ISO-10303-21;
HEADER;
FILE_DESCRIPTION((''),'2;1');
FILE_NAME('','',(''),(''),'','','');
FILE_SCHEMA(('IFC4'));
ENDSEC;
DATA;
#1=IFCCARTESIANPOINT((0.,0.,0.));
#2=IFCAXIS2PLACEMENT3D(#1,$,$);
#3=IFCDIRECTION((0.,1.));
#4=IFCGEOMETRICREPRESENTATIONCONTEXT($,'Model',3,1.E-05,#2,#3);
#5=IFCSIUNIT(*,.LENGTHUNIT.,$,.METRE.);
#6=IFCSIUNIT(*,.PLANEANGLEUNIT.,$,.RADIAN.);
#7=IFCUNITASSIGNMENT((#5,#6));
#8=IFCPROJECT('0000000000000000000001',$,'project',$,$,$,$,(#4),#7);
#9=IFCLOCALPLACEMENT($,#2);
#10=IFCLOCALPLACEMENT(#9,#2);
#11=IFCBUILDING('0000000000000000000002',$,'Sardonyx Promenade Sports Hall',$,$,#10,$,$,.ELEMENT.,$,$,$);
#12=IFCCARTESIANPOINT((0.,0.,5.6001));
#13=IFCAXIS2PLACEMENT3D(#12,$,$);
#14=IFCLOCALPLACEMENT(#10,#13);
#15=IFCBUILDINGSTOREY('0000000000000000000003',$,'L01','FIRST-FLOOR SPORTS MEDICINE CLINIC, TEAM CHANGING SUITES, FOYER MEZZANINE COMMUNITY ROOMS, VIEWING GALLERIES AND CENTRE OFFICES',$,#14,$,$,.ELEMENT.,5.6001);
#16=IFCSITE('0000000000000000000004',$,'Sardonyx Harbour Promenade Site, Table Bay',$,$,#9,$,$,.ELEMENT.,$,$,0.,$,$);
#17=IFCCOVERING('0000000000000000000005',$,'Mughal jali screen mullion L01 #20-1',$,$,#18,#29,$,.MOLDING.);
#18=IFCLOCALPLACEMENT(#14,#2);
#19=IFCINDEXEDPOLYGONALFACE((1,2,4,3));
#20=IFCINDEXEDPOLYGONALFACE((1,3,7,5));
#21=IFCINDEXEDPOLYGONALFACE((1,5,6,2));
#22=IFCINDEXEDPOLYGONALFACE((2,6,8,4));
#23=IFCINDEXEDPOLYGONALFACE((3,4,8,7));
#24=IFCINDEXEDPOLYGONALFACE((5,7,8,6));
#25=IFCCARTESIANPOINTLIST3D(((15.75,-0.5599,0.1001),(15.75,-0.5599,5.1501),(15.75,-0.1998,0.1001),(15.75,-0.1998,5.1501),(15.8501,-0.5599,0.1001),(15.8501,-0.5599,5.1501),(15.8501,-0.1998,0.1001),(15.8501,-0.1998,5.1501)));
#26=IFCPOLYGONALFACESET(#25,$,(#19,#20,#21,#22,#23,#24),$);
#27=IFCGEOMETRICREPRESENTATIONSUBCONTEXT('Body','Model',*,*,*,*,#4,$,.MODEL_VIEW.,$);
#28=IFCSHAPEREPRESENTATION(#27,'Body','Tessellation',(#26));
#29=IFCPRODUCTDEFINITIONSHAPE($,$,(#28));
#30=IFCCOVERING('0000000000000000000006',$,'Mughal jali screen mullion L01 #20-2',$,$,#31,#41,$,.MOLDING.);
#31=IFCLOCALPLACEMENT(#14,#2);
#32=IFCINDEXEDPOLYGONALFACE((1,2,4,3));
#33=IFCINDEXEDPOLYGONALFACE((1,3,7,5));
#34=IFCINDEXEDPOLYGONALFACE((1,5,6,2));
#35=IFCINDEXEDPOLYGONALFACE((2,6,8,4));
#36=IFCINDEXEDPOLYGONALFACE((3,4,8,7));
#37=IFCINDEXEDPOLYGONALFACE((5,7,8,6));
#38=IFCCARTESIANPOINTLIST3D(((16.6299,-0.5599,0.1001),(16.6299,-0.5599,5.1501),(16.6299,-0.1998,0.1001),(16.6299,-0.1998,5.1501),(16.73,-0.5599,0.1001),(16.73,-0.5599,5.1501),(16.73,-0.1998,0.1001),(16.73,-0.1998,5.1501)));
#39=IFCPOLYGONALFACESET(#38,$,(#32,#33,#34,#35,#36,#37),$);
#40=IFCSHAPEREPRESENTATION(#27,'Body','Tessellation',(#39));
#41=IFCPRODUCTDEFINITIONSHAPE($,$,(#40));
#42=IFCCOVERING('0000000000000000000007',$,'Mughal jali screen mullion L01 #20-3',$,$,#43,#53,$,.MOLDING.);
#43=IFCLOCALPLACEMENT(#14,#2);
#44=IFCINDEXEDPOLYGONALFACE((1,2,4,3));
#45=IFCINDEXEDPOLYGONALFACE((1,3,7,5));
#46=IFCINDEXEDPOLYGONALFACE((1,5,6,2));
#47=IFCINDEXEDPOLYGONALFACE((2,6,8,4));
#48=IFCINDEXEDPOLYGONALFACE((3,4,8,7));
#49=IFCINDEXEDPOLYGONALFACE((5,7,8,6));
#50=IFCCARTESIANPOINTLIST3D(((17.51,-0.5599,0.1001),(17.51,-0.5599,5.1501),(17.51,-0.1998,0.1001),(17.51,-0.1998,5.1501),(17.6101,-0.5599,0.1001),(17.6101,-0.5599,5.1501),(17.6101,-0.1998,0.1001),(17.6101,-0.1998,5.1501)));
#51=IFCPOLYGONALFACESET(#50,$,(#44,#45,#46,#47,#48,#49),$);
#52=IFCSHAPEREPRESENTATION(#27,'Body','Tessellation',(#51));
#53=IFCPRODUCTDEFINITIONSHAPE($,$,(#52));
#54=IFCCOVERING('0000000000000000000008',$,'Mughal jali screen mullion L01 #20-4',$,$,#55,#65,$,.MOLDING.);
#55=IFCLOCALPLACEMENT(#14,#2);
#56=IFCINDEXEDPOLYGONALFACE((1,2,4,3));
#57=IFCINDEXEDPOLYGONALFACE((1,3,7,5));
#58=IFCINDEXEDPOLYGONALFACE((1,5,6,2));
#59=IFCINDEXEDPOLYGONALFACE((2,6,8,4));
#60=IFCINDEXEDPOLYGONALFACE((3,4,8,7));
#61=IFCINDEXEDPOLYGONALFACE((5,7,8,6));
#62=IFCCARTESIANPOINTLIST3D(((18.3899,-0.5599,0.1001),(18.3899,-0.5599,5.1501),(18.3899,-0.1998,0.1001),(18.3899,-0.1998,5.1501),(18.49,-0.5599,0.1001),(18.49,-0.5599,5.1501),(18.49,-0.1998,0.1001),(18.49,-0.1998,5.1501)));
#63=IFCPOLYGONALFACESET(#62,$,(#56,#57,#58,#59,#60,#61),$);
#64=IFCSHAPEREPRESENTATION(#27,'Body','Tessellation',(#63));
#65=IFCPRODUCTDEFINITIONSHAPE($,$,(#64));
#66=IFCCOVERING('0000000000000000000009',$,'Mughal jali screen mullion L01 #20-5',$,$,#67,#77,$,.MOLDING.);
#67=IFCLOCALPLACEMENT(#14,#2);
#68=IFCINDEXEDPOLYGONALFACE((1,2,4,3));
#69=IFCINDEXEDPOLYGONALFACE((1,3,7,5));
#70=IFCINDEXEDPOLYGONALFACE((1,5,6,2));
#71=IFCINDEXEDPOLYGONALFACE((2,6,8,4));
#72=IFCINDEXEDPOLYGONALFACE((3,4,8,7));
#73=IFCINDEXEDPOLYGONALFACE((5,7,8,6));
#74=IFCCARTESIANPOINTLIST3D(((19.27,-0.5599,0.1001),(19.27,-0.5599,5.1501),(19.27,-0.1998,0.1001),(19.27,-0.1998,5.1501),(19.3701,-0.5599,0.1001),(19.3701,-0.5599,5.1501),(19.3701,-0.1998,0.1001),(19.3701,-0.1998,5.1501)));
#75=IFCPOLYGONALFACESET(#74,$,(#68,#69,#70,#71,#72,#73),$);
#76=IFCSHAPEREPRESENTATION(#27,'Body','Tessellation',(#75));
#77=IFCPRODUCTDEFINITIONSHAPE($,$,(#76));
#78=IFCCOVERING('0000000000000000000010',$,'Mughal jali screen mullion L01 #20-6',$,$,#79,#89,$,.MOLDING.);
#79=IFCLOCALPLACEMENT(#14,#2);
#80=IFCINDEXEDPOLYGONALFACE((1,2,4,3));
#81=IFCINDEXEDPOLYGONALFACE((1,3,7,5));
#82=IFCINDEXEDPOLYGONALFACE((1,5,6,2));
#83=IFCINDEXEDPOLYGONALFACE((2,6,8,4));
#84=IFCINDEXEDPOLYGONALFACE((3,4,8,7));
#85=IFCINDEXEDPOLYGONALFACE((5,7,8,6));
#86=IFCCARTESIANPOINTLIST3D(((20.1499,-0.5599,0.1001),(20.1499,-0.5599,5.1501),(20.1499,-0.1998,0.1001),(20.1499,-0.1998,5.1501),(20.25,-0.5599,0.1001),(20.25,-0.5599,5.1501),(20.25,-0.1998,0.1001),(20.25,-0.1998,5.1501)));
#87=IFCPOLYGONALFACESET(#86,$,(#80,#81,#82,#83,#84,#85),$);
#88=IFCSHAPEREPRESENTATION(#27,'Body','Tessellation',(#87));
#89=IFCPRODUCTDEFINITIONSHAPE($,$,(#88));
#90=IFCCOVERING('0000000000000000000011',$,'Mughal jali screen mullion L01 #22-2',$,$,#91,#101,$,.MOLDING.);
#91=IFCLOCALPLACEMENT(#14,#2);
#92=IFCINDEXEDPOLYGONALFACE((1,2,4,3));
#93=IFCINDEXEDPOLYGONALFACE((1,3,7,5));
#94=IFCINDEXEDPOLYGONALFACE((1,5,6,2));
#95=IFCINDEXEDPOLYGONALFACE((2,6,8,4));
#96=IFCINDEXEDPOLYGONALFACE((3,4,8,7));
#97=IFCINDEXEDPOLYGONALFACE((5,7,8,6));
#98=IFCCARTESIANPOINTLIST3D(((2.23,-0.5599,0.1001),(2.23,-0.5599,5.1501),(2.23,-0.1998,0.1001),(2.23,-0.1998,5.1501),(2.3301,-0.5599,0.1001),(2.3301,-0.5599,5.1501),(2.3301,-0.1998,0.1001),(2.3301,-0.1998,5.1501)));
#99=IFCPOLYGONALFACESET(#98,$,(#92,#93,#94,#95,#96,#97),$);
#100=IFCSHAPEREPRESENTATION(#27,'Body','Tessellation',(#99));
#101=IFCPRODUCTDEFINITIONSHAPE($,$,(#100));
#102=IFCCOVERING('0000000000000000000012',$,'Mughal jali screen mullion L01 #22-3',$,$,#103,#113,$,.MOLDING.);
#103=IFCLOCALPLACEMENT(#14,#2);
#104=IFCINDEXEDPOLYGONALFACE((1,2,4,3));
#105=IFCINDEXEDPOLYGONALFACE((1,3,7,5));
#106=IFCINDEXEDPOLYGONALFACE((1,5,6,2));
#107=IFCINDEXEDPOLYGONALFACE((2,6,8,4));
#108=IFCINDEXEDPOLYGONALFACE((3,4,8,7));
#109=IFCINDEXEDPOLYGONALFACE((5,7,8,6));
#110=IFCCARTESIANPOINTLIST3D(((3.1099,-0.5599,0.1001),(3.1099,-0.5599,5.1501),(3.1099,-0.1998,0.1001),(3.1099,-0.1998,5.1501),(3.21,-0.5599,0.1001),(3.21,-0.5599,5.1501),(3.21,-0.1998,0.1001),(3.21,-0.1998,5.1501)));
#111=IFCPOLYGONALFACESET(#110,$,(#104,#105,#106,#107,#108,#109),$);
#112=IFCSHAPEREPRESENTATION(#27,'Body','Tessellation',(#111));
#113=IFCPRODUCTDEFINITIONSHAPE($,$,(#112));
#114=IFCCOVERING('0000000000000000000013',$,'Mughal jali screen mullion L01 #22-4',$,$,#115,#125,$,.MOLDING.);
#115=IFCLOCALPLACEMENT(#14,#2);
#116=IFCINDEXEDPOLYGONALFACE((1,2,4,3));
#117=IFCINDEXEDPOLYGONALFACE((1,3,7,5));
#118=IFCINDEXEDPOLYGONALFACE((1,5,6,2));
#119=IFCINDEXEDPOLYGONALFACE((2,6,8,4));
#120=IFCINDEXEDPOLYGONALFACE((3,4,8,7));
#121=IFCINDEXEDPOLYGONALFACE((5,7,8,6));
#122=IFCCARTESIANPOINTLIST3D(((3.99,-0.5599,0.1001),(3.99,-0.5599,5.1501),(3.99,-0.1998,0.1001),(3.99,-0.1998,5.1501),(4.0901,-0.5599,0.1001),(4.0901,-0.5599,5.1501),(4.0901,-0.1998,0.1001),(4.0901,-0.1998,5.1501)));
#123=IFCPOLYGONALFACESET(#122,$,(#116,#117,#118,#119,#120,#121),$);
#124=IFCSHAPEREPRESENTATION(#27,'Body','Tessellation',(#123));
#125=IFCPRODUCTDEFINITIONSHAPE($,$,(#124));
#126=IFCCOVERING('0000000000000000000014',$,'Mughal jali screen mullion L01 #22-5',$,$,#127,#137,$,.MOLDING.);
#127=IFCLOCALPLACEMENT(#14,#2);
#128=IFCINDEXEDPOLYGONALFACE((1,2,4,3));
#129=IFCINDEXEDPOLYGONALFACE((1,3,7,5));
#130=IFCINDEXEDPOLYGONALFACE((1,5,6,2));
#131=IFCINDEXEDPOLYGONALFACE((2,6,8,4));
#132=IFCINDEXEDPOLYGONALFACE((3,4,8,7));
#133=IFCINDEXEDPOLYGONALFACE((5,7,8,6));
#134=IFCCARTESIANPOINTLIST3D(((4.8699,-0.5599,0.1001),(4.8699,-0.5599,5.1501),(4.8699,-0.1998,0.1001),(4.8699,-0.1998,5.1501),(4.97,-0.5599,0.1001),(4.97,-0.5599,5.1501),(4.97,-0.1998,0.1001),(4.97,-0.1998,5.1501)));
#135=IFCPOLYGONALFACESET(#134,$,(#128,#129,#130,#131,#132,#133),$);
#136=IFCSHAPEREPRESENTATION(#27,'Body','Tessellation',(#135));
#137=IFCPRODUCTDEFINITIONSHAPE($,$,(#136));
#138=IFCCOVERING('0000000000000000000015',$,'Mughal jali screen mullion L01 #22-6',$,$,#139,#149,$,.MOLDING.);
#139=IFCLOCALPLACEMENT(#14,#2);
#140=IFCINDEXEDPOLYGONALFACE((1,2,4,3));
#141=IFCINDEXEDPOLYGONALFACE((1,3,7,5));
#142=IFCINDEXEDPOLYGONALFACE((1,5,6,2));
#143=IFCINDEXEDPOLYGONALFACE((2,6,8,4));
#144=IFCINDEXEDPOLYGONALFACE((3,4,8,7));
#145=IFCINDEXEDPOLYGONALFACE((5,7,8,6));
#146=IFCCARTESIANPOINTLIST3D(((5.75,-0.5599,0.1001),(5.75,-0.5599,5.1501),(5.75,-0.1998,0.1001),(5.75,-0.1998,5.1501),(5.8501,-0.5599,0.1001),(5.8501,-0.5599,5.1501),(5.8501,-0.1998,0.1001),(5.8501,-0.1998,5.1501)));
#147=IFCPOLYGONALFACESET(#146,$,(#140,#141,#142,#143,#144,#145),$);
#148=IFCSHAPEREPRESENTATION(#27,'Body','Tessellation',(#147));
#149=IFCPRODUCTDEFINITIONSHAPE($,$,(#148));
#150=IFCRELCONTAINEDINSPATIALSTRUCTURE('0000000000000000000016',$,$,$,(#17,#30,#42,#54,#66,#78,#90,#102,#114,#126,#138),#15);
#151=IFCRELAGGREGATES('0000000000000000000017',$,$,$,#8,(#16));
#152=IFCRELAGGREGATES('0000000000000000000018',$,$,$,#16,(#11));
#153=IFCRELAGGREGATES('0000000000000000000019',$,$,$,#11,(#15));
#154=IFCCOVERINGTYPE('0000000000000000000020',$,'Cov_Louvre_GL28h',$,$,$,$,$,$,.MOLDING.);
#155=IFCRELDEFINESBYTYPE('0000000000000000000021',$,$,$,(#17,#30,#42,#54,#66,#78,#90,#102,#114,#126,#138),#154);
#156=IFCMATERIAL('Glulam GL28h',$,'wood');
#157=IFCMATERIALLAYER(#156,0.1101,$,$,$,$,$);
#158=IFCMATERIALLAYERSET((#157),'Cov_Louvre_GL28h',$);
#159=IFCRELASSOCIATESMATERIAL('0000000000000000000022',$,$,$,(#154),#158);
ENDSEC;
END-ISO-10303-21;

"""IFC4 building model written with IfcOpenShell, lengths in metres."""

from ifc_helpers import new_model, si_unit, direction, frame, origin, origin_2d, place, context, subcontext, project, spatial, rectangle, extrude, material, layer, layer_set, type_object, element, save


model = new_model("IFC4")

# Units and contexts
model_context = context("Model", 3, precision=1e-05, world=origin(), true_north=direction((0.0, 1.0)))
body_context = subcontext(model_context, "Body", "Model", "MODEL_VIEW")
ifc_project = project(units=[si_unit("LENGTHUNIT", "METRE"), si_unit("PLANEANGLEUNIT", "RADIAN")], contexts=[model_context])

# Site, building, storey
site_placement = place(None, origin())
site = spatial("IfcSite", under=ifc_project, at=site_placement, Name="Sardonyx Harbour Promenade Site, Table Bay", CompositionType="ELEMENT", RefElevation=0.0)
building_placement = place(site_placement, origin())
building = spatial("IfcBuilding", under=site, at=building_placement, Name="Sardonyx Promenade Sports Hall", CompositionType="ELEMENT")
storey_placement = place(building_placement, frame((0.0, 0.0, 5.6001)))
storey = spatial("IfcBuildingStorey", under=building, at=storey_placement, Name="L01", Description="FIRST-FLOOR SPORTS MEDICINE CLINIC, TEAM CHANGING SUITES, FOYER MEZZANINE COMMUNITY ROOMS, VIEWING GALLERIES AND CENTRE OFFICES", CompositionType="ELEMENT", Elevation=5.6001)

# Coverings
ifc_material_1 = material(Name="Glulam GL28h", Category="wood")
ifc_layer_1 = layer(ifc_material_1, 0.1101)
ifc_layer_set_1 = layer_set([ifc_layer_1], Name="Cov_Louvre_GL28h")
covering_type = type_object("IfcCoveringType", Name="Cov_Louvre_GL28h", PredefinedType="MOLDING", material=ifc_layer_set_1)
for number, where, z_axis, x_axis, name in (
    (1, (15.8, -0.3799, 0.1001), (0.0, 0.0, 1.0), (1.0, 0.0, 0.0), "Mughal jali screen mullion L01 #20-1"),
    (2, (16.6799, -0.3799, 0.1001), (0.0, 0.0, 1.0), (1.0, 0.0, 0.0), "Mughal jali screen mullion L01 #20-2"),
    (3, (17.5601, -0.3799, 0.1001), (0.0, 0.0, 1.0), (1.0, 0.0, 0.0), "Mughal jali screen mullion L01 #20-3"),
    (4, (18.4399, -0.3799, 0.1001), (0.0, 0.0, 1.0), (1.0, 0.0, 0.0), "Mughal jali screen mullion L01 #20-4"),
    (5, (19.3201, -0.3799, 0.1001), (0.0, 0.0, 1.0), (1.0, 0.0, 0.0), "Mughal jali screen mullion L01 #20-5"),
    (6, (20.2, -0.3799, 0.1001), (0.0, 0.0, 1.0), (1.0, 0.0, 0.0), "Mughal jali screen mullion L01 #20-6"),
    (7, (2.28, -0.3799, 0.1001), (0.0, 0.0, 1.0), (1.0, 0.0, 0.0), "Mughal jali screen mullion L01 #22-2"),
    (8, (3.1599, -0.3799, 0.1001), (0.0, 0.0, 1.0), (1.0, 0.0, 0.0), "Mughal jali screen mullion L01 #22-3"),
    (9, (4.04, -0.3799, 0.1001), (0.0, 0.0, 1.0), (1.0, 0.0, 0.0), "Mughal jali screen mullion L01 #22-4"),
    (10, (4.9199, -0.3799, 0.1001), (0.0, 0.0, 1.0), (1.0, 0.0, 0.0), "Mughal jali screen mullion L01 #22-5"),
    (11, (5.8, -0.3799, 0.1001), (0.0, 0.0, 1.0), (1.0, 0.0, 0.0), "Mughal jali screen mullion L01 #22-6"),
):
    element("IfcCovering", number, at=place(storey_placement, frame(where, z_axis=z_axis, x_axis=x_axis)), inside=storey, type_object=covering_type, Name=name, PredefinedType="MOLDING", context=body_context, shape_type="SweptSolid", body=[
        extrude(rectangle(XDim=0.1001, YDim=0.3601, at=origin_2d()), origin(), (0.0, 0.0, 1.0), 5.05),
    ])

save(model, "model.ifc")
